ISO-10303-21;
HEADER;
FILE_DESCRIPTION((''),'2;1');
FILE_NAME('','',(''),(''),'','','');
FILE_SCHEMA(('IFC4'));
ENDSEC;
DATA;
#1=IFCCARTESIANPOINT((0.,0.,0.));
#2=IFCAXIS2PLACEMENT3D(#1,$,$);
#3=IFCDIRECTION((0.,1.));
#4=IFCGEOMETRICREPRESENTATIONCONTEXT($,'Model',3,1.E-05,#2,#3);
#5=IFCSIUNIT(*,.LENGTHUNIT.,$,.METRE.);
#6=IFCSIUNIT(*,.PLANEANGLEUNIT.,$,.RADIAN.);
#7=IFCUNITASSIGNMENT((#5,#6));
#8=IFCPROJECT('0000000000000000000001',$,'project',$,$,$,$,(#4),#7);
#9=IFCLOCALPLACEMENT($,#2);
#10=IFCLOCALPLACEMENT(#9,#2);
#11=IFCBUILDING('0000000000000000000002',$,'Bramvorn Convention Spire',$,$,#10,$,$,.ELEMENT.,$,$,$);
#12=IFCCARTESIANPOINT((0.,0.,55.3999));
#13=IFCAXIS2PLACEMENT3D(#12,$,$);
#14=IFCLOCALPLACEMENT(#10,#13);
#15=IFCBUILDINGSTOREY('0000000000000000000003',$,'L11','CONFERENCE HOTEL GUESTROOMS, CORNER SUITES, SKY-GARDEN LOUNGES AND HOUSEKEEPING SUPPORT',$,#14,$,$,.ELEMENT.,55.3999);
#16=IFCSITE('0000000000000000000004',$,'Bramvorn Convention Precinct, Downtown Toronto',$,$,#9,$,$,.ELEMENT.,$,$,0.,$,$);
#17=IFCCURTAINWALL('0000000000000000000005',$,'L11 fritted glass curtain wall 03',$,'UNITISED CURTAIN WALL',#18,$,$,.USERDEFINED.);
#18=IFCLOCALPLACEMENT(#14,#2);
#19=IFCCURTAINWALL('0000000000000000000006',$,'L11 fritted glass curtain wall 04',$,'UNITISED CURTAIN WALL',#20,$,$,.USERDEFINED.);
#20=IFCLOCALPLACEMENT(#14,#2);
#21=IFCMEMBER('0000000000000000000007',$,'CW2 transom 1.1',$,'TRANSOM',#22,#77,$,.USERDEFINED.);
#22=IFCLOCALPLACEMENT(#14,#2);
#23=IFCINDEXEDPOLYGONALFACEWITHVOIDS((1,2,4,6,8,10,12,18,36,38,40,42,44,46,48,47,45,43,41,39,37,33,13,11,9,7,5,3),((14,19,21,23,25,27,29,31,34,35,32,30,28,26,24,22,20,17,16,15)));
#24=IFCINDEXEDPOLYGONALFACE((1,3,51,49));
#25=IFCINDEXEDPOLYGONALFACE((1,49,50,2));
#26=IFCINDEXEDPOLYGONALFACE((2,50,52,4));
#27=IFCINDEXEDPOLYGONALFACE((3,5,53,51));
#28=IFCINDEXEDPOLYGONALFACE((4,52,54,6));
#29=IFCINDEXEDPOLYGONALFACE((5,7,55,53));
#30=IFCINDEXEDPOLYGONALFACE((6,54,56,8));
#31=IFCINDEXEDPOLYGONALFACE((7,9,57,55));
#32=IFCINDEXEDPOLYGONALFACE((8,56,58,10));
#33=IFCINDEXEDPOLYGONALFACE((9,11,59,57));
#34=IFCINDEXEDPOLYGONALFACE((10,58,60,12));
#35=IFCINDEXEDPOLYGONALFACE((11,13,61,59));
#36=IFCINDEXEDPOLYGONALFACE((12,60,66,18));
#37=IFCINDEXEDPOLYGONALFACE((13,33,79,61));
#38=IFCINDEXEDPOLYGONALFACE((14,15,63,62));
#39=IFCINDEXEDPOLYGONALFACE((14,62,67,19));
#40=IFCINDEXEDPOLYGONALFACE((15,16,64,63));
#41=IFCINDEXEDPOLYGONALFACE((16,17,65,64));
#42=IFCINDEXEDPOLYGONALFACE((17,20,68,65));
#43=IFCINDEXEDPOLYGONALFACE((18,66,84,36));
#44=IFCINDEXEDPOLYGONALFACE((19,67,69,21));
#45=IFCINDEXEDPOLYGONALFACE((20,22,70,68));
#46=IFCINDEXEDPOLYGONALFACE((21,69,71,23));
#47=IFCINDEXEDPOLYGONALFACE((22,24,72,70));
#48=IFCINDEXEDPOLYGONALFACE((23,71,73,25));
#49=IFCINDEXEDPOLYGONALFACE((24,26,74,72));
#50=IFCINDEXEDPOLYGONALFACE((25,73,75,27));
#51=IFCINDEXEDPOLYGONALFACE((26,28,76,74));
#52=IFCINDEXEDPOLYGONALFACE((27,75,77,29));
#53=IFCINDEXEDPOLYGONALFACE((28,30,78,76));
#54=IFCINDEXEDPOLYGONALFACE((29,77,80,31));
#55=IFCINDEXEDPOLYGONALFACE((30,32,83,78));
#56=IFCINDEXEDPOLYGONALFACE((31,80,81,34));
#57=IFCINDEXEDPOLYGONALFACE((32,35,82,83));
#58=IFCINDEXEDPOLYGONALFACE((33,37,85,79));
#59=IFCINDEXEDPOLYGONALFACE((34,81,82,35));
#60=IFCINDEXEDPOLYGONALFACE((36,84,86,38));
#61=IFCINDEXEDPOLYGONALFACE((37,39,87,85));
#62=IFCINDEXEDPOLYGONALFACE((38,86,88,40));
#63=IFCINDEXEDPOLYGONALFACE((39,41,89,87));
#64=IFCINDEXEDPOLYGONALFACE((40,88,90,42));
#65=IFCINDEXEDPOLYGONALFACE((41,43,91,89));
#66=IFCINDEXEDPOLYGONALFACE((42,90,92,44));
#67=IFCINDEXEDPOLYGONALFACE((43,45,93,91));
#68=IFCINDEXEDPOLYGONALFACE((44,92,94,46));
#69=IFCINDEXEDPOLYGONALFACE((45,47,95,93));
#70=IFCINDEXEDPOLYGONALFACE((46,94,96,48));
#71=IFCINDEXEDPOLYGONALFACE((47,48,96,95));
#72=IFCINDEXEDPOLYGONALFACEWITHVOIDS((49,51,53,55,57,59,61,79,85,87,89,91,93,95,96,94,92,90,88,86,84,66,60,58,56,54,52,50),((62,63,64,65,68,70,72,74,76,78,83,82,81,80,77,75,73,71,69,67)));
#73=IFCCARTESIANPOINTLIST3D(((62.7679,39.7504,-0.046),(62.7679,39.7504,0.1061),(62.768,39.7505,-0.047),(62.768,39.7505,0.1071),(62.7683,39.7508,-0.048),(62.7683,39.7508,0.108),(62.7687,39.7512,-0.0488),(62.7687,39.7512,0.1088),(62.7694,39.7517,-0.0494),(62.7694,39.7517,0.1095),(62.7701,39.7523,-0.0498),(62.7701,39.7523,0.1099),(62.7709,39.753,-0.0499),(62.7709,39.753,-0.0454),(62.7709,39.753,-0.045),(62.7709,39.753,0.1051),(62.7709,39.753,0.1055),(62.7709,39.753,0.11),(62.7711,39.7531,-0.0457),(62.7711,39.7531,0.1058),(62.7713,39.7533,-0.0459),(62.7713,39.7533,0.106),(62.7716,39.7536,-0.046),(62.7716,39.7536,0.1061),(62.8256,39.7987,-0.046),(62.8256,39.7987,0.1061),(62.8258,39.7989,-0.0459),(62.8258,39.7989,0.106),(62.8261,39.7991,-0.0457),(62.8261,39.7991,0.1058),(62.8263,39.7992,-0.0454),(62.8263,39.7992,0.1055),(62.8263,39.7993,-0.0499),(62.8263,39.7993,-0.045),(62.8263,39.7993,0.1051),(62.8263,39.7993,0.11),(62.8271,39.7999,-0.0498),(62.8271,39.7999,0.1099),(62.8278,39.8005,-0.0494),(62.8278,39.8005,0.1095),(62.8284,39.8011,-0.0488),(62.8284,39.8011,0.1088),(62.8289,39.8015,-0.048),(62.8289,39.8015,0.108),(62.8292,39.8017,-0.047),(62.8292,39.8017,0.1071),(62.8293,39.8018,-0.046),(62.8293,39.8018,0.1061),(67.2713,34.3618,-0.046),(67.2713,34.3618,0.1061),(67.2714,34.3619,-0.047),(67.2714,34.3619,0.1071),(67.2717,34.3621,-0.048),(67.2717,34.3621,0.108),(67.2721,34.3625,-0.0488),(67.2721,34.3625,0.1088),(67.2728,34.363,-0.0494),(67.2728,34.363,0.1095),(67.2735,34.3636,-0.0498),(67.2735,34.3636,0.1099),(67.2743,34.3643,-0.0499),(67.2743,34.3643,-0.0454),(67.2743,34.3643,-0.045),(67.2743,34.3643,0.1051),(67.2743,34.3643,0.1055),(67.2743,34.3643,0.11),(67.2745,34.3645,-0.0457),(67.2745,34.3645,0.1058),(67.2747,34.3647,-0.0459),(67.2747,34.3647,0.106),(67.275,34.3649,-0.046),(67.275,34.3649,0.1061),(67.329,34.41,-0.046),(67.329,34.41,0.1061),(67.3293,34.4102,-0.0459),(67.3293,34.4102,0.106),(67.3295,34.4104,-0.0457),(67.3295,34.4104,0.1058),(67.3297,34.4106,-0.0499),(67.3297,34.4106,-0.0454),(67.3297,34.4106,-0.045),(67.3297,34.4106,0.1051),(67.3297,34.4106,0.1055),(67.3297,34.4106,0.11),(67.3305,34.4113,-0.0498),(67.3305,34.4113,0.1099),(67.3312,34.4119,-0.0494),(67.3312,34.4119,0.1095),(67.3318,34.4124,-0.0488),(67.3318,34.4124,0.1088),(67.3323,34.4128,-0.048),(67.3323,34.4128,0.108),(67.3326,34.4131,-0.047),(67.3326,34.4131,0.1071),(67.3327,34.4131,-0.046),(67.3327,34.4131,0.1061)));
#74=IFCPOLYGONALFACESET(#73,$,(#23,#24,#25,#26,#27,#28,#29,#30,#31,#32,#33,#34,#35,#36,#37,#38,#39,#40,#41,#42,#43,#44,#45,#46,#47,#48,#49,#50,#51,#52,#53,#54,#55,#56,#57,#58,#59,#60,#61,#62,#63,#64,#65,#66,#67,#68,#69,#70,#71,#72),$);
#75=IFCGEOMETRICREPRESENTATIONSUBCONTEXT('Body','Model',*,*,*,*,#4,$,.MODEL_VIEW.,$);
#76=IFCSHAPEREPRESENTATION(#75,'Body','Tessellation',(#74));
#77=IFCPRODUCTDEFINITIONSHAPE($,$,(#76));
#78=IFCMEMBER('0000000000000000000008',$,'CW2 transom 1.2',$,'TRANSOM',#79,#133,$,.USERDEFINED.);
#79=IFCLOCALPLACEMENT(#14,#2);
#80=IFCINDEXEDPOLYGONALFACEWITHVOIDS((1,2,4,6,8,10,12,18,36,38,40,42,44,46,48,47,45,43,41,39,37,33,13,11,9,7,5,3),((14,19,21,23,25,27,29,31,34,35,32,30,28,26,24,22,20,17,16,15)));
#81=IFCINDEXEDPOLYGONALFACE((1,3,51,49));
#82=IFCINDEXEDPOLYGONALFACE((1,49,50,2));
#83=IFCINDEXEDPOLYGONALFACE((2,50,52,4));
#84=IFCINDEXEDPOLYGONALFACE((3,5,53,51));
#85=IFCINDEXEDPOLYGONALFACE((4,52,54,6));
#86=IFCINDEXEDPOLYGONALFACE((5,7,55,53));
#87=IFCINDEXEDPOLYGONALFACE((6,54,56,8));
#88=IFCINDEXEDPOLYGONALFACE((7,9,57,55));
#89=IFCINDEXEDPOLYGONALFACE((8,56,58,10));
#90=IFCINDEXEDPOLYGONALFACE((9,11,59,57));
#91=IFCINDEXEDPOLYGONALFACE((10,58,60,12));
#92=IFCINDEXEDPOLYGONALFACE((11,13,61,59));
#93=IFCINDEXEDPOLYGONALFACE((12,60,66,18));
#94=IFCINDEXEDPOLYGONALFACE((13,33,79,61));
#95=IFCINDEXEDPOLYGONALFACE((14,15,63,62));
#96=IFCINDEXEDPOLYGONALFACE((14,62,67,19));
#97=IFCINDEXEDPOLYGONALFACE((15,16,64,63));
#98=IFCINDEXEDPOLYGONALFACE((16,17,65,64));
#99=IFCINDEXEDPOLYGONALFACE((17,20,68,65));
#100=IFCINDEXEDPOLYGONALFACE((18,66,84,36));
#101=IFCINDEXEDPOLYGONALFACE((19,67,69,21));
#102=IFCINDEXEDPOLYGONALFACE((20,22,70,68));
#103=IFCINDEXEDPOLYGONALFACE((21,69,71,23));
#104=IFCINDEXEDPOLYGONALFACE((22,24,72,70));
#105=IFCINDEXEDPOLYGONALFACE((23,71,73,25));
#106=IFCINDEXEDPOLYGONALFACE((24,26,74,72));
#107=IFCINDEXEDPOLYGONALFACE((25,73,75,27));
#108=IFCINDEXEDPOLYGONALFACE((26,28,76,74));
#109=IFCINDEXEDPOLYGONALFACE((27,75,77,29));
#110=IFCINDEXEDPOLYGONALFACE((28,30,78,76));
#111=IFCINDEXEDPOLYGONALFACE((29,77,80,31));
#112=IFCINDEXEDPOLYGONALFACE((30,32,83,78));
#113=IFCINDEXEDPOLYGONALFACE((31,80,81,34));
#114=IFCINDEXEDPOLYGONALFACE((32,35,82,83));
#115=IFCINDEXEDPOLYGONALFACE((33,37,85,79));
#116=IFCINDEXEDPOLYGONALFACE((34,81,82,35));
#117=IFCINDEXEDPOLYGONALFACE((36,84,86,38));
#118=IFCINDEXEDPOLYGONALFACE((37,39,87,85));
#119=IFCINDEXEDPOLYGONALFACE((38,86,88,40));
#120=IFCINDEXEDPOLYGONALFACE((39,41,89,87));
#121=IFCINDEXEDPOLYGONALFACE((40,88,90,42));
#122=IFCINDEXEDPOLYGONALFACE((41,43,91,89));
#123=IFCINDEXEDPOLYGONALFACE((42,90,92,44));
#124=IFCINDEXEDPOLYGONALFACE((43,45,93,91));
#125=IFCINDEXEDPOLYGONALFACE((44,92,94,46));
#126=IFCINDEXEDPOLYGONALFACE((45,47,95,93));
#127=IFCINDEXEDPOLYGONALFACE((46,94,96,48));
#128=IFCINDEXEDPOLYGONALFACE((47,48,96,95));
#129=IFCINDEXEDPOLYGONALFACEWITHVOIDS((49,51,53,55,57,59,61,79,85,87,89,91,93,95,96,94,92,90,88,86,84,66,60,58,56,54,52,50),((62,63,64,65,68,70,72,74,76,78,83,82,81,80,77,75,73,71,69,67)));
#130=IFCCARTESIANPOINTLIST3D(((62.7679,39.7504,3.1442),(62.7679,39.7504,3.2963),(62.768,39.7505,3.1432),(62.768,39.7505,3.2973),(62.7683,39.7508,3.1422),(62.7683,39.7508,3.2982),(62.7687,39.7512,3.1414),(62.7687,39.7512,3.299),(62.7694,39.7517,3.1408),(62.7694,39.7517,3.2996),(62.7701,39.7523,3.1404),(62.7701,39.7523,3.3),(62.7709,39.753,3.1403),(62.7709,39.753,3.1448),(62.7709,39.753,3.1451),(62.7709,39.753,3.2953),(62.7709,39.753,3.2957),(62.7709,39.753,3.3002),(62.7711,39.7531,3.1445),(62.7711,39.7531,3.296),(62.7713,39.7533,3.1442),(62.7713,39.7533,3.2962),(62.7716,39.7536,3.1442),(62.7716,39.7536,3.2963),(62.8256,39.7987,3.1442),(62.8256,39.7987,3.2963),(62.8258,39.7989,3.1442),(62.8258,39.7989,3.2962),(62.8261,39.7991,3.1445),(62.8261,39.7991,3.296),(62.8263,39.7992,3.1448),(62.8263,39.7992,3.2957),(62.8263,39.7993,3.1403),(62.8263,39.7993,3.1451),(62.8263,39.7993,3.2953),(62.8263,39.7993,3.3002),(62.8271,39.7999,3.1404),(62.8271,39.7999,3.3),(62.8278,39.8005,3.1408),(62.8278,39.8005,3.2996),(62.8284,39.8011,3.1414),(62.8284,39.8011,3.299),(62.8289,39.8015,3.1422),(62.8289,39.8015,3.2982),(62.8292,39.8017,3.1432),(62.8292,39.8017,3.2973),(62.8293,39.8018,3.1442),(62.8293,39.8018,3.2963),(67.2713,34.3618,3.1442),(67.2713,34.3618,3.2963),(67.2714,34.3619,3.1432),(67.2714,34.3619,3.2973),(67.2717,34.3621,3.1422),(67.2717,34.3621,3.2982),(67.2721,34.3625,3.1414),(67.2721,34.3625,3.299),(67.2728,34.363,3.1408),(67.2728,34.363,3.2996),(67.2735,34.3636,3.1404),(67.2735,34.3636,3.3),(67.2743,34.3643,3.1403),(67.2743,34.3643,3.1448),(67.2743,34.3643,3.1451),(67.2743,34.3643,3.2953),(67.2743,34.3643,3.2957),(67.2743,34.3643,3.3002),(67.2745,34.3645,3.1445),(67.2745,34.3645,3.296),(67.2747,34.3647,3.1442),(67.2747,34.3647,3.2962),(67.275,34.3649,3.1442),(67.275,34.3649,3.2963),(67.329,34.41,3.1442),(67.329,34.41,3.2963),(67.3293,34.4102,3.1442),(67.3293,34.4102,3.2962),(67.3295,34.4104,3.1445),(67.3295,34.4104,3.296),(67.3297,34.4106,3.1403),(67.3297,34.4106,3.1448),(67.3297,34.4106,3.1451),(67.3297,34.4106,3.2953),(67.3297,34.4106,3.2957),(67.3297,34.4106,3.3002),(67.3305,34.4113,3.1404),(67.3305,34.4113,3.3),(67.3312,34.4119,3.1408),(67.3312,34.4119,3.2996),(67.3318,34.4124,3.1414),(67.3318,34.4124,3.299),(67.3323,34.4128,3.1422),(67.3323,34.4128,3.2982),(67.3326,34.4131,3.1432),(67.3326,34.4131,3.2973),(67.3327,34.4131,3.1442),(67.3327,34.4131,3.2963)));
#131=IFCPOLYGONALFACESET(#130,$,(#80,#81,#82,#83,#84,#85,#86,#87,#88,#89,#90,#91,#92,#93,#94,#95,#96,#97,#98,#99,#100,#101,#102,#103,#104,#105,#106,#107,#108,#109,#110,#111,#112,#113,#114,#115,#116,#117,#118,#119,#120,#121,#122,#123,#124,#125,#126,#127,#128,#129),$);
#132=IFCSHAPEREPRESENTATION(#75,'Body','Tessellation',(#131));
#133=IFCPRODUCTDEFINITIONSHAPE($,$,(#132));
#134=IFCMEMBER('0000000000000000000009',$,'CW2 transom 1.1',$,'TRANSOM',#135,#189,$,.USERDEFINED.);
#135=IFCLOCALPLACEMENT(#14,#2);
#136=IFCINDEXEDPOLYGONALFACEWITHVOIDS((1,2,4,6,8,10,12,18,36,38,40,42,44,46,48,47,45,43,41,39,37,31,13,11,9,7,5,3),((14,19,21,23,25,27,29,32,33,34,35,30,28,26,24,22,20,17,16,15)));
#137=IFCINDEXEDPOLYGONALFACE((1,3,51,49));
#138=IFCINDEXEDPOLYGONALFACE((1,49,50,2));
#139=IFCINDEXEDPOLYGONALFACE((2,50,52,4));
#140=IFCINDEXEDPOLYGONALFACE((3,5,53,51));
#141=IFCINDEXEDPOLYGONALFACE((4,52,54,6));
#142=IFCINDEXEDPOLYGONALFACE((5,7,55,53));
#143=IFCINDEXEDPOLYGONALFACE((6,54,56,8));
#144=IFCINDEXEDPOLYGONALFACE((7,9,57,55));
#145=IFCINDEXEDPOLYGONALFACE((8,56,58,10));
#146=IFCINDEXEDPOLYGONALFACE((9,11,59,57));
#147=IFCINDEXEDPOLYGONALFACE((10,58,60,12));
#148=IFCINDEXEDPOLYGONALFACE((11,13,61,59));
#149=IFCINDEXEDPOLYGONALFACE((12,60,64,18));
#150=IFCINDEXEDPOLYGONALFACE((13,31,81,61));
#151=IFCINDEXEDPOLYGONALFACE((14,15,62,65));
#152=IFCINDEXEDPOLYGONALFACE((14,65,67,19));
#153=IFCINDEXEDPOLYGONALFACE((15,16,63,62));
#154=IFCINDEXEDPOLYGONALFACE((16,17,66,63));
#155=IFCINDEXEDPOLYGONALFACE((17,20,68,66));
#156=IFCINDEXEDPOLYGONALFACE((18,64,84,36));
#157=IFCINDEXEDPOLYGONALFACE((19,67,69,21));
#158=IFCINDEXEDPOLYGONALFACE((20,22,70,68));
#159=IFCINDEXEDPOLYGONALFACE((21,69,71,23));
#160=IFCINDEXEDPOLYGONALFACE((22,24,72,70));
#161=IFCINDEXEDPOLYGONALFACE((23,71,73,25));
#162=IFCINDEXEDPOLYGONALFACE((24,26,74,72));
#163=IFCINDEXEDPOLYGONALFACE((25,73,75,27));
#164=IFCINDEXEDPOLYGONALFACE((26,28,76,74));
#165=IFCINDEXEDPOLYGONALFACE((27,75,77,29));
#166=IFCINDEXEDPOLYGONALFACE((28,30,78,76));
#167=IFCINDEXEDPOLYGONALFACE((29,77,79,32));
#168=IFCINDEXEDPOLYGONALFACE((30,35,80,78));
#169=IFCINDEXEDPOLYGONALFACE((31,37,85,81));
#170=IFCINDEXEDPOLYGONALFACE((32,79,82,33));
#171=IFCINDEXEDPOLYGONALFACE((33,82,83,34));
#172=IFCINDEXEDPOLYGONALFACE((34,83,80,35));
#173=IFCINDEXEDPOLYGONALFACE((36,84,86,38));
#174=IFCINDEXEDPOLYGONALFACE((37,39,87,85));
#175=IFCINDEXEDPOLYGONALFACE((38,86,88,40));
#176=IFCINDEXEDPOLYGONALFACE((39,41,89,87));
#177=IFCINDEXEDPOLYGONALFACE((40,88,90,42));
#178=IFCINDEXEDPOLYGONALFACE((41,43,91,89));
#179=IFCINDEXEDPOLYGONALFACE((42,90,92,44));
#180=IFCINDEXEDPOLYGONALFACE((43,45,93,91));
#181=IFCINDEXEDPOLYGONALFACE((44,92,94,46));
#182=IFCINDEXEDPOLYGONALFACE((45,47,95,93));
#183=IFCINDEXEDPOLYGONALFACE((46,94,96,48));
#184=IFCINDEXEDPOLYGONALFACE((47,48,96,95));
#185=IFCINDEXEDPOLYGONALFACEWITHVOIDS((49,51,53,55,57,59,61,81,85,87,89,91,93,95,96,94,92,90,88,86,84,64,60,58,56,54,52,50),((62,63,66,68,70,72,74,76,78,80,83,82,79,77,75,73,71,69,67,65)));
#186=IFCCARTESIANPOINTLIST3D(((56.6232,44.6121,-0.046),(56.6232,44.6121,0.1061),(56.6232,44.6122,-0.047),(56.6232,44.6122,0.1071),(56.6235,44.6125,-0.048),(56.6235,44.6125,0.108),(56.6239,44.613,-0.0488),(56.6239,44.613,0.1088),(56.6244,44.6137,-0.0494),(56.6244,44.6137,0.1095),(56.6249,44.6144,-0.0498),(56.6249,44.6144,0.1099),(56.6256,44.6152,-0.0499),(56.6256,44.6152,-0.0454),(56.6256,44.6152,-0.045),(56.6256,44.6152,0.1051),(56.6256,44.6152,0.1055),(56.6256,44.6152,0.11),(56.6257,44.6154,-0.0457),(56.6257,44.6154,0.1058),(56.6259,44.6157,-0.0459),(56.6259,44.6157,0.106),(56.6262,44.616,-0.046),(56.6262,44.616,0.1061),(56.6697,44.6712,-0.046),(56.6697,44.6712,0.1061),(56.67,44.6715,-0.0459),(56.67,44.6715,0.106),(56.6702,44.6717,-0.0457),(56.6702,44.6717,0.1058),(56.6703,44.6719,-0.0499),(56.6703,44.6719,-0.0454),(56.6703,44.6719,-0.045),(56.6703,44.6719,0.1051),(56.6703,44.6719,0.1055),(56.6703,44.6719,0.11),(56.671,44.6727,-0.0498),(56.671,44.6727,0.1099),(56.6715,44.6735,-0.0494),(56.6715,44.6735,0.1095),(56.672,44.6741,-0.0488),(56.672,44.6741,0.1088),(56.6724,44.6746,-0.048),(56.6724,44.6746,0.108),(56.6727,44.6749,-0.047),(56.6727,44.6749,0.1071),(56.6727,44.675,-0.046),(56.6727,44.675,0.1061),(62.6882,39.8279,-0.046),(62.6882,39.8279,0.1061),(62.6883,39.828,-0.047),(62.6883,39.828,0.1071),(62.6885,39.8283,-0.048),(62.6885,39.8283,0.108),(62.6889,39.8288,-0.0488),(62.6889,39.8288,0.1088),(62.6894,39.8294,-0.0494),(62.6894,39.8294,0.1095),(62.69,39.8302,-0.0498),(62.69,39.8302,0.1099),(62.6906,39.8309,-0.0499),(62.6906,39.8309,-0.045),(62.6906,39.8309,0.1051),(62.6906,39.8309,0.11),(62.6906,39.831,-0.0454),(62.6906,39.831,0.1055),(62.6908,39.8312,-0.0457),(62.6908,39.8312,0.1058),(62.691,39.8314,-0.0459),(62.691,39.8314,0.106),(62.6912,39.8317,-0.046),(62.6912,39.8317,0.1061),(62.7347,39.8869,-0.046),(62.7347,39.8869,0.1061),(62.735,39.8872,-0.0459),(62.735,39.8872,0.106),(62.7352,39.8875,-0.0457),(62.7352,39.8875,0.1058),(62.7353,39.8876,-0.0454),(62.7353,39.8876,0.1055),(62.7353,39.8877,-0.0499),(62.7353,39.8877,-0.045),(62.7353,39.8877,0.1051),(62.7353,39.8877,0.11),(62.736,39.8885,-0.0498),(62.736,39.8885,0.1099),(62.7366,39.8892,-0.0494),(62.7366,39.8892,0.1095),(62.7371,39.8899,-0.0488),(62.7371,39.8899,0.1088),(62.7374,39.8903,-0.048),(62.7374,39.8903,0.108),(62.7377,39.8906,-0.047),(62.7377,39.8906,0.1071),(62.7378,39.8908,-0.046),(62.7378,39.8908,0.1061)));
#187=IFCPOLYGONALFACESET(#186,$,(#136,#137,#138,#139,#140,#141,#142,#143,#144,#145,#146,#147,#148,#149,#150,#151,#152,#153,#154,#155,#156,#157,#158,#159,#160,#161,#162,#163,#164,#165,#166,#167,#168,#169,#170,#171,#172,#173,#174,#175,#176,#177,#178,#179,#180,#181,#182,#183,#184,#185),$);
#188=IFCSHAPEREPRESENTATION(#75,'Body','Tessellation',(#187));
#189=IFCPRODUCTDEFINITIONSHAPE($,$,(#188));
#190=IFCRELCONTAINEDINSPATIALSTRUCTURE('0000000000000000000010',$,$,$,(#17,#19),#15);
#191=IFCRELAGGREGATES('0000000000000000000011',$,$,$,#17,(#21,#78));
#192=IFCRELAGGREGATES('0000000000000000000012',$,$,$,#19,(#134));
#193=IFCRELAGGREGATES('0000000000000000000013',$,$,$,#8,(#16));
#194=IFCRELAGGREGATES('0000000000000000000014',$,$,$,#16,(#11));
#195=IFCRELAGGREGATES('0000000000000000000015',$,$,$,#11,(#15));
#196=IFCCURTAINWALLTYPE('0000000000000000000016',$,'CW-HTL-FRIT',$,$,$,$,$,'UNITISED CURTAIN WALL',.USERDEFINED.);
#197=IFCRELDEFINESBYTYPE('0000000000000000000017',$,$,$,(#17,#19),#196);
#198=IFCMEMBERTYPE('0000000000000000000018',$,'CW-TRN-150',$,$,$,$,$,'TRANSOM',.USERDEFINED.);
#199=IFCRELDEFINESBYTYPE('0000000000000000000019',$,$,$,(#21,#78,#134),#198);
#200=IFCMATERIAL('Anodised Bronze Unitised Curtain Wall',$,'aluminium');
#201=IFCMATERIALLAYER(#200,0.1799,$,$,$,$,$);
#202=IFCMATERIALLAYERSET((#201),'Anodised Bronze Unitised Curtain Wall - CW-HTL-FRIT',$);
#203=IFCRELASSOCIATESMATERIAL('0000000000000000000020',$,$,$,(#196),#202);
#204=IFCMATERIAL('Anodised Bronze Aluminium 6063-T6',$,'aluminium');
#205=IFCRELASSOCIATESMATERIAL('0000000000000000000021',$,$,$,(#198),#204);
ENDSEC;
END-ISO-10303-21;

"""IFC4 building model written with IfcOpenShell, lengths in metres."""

from ifc_helpers import new_model, si_unit, direction, frame, origin, origin_2d, place, context, subcontext, project, spatial, hollow_rectangle, extrude, material, layer, layer_set, material_profile, profile_set, type_object, element, aggregate, save


model = new_model("IFC4")

# Units and contexts
model_context = context("Model", 3, precision=1e-05, world=origin(), true_north=direction((0.0, 1.0)))
body_context = subcontext(model_context, "Body", "Model", "MODEL_VIEW")
ifc_project = project(units=[si_unit("LENGTHUNIT", "METRE"), si_unit("PLANEANGLEUNIT", "RADIAN")], contexts=[model_context])

# Site, building, storey
site_placement = place(None, origin())
site = spatial("IfcSite", under=ifc_project, at=site_placement, Name="Bramvorn Convention Precinct, Downtown Toronto", CompositionType="ELEMENT", RefElevation=0.0)
building_placement = place(site_placement, origin())
building = spatial("IfcBuilding", under=site, at=building_placement, Name="Bramvorn Convention Spire", CompositionType="ELEMENT")
storey_placement = place(building_placement, frame((0.0, 0.0, 55.3999)))
storey = spatial("IfcBuildingStorey", under=building, at=storey_placement, Name="L11", Description="CONFERENCE HOTEL GUESTROOMS, CORNER SUITES, SKY-GARDEN LOUNGES AND HOUSEKEEPING SUPPORT", CompositionType="ELEMENT", Elevation=55.3999)

# Curtain walls
ifc_material_1 = material(Name="Anodised Bronze Unitised Curtain Wall", Category="aluminium")
ifc_layer_1 = layer(ifc_material_1, 0.1799)
ifc_layer_set_1 = layer_set([ifc_layer_1], Name="Anodised Bronze Unitised Curtain Wall - CW-HTL-FRIT")
curtain_wall_type_1 = type_object("IfcCurtainWallType", Name="CW-HTL-FRIT", ElementType="UNITISED CURTAIN WALL", PredefinedType="USERDEFINED", material=ifc_layer_set_1)
curtain_wall_1_placement = place(storey_placement, origin())
curtain_wall_1 = element("IfcCurtainWall", 1, at=curtain_wall_1_placement, inside=storey, type_object=curtain_wall_type_1, Name="L11 fritted glass curtain wall 03", ObjectType="UNITISED CURTAIN WALL", PredefinedType="USERDEFINED")
ifc_material_2 = material(Name="Anodised Bronze Aluminium 6063-T6", Category="aluminium")
curtain_wall_2_placement = place(storey_placement, origin())
curtain_wall_2 = element("IfcCurtainWall", 2, at=curtain_wall_2_placement, inside=storey, type_object=curtain_wall_type_1, Name="L11 fritted glass curtain wall 04", ObjectType="UNITISED CURTAIN WALL", PredefinedType="USERDEFINED")

# Members
ifc_material_profile_1 = material_profile(ifc_material_2, hollow_rectangle(XDim=0.0801, YDim=0.1599, WallThickness=0.0039, InnerFilletRadius=0.001, OuterFilletRadius=0.0039, at=origin_2d()))
ifc_profile_set_1 = profile_set([ifc_material_profile_1], Name="Anodised Bronze Aluminium 6063-T6 - CWT80X160")
member_type_1 = type_object("IfcMemberType", Name="CW-TRN-150", ElementType="TRANSOM", PredefinedType="USERDEFINED", material=ifc_profile_set_1)
member_1_placement = place(storey_placement, frame((62.7986, 39.7761, 0.03), z_axis=(0.641264, -0.76732, 0.0), x_axis=(0.76732, 0.641264, 0.0)))
member_1 = element("IfcMember", 3, at=member_1_placement, type_object=member_type_1, Name="CW2 transom 1.1", ObjectType="TRANSOM", PredefinedType="USERDEFINED", context=body_context, shape_type="SweptSolid", body=[
    extrude(hollow_rectangle(XDim=0.0801, YDim=0.1599, WallThickness=0.0039, InnerFilletRadius=0.001, OuterFilletRadius=0.0039, at=origin_2d()), origin(), (0.0, 0.0, 1.0), 7.0227),
])
member_2_placement = place(storey_placement, frame((62.7986, 39.7761, 3.2202), z_axis=(0.641264, -0.76732, 0.0), x_axis=(0.76732, 0.641264, 0.0)))
member_2 = element("IfcMember", 4, at=member_2_placement, type_object=member_type_1, Name="CW2 transom 1.2", ObjectType="TRANSOM", PredefinedType="USERDEFINED", context=body_context, shape_type="SweptSolid", body=[
    extrude(hollow_rectangle(XDim=0.0801, YDim=0.1599, WallThickness=0.0039, InnerFilletRadius=0.001, OuterFilletRadius=0.0039, at=origin_2d()), origin(), (0.0, 0.0, 1.0), 7.0227),
])
member_3_placement = place(storey_placement, frame((56.6479, 44.6436, 0.03), z_axis=(0.78513, -0.619331, 0.0), x_axis=(0.619331, 0.78513, 0.0)))
member_3 = element("IfcMember", 5, at=member_3_placement, type_object=member_type_1, Name="CW2 transom 1.1", ObjectType="TRANSOM", PredefinedType="USERDEFINED", context=body_context, shape_type="SweptSolid", body=[
    extrude(hollow_rectangle(XDim=0.0801, YDim=0.1599, WallThickness=0.0039, InnerFilletRadius=0.001, OuterFilletRadius=0.0039, at=origin_2d()), origin(), (0.0, 0.0, 1.0), 7.7249),
])

aggregate(curtain_wall_1, [member_1, member_2])
aggregate(curtain_wall_2, [member_3])

save(model, "model.ifc")
